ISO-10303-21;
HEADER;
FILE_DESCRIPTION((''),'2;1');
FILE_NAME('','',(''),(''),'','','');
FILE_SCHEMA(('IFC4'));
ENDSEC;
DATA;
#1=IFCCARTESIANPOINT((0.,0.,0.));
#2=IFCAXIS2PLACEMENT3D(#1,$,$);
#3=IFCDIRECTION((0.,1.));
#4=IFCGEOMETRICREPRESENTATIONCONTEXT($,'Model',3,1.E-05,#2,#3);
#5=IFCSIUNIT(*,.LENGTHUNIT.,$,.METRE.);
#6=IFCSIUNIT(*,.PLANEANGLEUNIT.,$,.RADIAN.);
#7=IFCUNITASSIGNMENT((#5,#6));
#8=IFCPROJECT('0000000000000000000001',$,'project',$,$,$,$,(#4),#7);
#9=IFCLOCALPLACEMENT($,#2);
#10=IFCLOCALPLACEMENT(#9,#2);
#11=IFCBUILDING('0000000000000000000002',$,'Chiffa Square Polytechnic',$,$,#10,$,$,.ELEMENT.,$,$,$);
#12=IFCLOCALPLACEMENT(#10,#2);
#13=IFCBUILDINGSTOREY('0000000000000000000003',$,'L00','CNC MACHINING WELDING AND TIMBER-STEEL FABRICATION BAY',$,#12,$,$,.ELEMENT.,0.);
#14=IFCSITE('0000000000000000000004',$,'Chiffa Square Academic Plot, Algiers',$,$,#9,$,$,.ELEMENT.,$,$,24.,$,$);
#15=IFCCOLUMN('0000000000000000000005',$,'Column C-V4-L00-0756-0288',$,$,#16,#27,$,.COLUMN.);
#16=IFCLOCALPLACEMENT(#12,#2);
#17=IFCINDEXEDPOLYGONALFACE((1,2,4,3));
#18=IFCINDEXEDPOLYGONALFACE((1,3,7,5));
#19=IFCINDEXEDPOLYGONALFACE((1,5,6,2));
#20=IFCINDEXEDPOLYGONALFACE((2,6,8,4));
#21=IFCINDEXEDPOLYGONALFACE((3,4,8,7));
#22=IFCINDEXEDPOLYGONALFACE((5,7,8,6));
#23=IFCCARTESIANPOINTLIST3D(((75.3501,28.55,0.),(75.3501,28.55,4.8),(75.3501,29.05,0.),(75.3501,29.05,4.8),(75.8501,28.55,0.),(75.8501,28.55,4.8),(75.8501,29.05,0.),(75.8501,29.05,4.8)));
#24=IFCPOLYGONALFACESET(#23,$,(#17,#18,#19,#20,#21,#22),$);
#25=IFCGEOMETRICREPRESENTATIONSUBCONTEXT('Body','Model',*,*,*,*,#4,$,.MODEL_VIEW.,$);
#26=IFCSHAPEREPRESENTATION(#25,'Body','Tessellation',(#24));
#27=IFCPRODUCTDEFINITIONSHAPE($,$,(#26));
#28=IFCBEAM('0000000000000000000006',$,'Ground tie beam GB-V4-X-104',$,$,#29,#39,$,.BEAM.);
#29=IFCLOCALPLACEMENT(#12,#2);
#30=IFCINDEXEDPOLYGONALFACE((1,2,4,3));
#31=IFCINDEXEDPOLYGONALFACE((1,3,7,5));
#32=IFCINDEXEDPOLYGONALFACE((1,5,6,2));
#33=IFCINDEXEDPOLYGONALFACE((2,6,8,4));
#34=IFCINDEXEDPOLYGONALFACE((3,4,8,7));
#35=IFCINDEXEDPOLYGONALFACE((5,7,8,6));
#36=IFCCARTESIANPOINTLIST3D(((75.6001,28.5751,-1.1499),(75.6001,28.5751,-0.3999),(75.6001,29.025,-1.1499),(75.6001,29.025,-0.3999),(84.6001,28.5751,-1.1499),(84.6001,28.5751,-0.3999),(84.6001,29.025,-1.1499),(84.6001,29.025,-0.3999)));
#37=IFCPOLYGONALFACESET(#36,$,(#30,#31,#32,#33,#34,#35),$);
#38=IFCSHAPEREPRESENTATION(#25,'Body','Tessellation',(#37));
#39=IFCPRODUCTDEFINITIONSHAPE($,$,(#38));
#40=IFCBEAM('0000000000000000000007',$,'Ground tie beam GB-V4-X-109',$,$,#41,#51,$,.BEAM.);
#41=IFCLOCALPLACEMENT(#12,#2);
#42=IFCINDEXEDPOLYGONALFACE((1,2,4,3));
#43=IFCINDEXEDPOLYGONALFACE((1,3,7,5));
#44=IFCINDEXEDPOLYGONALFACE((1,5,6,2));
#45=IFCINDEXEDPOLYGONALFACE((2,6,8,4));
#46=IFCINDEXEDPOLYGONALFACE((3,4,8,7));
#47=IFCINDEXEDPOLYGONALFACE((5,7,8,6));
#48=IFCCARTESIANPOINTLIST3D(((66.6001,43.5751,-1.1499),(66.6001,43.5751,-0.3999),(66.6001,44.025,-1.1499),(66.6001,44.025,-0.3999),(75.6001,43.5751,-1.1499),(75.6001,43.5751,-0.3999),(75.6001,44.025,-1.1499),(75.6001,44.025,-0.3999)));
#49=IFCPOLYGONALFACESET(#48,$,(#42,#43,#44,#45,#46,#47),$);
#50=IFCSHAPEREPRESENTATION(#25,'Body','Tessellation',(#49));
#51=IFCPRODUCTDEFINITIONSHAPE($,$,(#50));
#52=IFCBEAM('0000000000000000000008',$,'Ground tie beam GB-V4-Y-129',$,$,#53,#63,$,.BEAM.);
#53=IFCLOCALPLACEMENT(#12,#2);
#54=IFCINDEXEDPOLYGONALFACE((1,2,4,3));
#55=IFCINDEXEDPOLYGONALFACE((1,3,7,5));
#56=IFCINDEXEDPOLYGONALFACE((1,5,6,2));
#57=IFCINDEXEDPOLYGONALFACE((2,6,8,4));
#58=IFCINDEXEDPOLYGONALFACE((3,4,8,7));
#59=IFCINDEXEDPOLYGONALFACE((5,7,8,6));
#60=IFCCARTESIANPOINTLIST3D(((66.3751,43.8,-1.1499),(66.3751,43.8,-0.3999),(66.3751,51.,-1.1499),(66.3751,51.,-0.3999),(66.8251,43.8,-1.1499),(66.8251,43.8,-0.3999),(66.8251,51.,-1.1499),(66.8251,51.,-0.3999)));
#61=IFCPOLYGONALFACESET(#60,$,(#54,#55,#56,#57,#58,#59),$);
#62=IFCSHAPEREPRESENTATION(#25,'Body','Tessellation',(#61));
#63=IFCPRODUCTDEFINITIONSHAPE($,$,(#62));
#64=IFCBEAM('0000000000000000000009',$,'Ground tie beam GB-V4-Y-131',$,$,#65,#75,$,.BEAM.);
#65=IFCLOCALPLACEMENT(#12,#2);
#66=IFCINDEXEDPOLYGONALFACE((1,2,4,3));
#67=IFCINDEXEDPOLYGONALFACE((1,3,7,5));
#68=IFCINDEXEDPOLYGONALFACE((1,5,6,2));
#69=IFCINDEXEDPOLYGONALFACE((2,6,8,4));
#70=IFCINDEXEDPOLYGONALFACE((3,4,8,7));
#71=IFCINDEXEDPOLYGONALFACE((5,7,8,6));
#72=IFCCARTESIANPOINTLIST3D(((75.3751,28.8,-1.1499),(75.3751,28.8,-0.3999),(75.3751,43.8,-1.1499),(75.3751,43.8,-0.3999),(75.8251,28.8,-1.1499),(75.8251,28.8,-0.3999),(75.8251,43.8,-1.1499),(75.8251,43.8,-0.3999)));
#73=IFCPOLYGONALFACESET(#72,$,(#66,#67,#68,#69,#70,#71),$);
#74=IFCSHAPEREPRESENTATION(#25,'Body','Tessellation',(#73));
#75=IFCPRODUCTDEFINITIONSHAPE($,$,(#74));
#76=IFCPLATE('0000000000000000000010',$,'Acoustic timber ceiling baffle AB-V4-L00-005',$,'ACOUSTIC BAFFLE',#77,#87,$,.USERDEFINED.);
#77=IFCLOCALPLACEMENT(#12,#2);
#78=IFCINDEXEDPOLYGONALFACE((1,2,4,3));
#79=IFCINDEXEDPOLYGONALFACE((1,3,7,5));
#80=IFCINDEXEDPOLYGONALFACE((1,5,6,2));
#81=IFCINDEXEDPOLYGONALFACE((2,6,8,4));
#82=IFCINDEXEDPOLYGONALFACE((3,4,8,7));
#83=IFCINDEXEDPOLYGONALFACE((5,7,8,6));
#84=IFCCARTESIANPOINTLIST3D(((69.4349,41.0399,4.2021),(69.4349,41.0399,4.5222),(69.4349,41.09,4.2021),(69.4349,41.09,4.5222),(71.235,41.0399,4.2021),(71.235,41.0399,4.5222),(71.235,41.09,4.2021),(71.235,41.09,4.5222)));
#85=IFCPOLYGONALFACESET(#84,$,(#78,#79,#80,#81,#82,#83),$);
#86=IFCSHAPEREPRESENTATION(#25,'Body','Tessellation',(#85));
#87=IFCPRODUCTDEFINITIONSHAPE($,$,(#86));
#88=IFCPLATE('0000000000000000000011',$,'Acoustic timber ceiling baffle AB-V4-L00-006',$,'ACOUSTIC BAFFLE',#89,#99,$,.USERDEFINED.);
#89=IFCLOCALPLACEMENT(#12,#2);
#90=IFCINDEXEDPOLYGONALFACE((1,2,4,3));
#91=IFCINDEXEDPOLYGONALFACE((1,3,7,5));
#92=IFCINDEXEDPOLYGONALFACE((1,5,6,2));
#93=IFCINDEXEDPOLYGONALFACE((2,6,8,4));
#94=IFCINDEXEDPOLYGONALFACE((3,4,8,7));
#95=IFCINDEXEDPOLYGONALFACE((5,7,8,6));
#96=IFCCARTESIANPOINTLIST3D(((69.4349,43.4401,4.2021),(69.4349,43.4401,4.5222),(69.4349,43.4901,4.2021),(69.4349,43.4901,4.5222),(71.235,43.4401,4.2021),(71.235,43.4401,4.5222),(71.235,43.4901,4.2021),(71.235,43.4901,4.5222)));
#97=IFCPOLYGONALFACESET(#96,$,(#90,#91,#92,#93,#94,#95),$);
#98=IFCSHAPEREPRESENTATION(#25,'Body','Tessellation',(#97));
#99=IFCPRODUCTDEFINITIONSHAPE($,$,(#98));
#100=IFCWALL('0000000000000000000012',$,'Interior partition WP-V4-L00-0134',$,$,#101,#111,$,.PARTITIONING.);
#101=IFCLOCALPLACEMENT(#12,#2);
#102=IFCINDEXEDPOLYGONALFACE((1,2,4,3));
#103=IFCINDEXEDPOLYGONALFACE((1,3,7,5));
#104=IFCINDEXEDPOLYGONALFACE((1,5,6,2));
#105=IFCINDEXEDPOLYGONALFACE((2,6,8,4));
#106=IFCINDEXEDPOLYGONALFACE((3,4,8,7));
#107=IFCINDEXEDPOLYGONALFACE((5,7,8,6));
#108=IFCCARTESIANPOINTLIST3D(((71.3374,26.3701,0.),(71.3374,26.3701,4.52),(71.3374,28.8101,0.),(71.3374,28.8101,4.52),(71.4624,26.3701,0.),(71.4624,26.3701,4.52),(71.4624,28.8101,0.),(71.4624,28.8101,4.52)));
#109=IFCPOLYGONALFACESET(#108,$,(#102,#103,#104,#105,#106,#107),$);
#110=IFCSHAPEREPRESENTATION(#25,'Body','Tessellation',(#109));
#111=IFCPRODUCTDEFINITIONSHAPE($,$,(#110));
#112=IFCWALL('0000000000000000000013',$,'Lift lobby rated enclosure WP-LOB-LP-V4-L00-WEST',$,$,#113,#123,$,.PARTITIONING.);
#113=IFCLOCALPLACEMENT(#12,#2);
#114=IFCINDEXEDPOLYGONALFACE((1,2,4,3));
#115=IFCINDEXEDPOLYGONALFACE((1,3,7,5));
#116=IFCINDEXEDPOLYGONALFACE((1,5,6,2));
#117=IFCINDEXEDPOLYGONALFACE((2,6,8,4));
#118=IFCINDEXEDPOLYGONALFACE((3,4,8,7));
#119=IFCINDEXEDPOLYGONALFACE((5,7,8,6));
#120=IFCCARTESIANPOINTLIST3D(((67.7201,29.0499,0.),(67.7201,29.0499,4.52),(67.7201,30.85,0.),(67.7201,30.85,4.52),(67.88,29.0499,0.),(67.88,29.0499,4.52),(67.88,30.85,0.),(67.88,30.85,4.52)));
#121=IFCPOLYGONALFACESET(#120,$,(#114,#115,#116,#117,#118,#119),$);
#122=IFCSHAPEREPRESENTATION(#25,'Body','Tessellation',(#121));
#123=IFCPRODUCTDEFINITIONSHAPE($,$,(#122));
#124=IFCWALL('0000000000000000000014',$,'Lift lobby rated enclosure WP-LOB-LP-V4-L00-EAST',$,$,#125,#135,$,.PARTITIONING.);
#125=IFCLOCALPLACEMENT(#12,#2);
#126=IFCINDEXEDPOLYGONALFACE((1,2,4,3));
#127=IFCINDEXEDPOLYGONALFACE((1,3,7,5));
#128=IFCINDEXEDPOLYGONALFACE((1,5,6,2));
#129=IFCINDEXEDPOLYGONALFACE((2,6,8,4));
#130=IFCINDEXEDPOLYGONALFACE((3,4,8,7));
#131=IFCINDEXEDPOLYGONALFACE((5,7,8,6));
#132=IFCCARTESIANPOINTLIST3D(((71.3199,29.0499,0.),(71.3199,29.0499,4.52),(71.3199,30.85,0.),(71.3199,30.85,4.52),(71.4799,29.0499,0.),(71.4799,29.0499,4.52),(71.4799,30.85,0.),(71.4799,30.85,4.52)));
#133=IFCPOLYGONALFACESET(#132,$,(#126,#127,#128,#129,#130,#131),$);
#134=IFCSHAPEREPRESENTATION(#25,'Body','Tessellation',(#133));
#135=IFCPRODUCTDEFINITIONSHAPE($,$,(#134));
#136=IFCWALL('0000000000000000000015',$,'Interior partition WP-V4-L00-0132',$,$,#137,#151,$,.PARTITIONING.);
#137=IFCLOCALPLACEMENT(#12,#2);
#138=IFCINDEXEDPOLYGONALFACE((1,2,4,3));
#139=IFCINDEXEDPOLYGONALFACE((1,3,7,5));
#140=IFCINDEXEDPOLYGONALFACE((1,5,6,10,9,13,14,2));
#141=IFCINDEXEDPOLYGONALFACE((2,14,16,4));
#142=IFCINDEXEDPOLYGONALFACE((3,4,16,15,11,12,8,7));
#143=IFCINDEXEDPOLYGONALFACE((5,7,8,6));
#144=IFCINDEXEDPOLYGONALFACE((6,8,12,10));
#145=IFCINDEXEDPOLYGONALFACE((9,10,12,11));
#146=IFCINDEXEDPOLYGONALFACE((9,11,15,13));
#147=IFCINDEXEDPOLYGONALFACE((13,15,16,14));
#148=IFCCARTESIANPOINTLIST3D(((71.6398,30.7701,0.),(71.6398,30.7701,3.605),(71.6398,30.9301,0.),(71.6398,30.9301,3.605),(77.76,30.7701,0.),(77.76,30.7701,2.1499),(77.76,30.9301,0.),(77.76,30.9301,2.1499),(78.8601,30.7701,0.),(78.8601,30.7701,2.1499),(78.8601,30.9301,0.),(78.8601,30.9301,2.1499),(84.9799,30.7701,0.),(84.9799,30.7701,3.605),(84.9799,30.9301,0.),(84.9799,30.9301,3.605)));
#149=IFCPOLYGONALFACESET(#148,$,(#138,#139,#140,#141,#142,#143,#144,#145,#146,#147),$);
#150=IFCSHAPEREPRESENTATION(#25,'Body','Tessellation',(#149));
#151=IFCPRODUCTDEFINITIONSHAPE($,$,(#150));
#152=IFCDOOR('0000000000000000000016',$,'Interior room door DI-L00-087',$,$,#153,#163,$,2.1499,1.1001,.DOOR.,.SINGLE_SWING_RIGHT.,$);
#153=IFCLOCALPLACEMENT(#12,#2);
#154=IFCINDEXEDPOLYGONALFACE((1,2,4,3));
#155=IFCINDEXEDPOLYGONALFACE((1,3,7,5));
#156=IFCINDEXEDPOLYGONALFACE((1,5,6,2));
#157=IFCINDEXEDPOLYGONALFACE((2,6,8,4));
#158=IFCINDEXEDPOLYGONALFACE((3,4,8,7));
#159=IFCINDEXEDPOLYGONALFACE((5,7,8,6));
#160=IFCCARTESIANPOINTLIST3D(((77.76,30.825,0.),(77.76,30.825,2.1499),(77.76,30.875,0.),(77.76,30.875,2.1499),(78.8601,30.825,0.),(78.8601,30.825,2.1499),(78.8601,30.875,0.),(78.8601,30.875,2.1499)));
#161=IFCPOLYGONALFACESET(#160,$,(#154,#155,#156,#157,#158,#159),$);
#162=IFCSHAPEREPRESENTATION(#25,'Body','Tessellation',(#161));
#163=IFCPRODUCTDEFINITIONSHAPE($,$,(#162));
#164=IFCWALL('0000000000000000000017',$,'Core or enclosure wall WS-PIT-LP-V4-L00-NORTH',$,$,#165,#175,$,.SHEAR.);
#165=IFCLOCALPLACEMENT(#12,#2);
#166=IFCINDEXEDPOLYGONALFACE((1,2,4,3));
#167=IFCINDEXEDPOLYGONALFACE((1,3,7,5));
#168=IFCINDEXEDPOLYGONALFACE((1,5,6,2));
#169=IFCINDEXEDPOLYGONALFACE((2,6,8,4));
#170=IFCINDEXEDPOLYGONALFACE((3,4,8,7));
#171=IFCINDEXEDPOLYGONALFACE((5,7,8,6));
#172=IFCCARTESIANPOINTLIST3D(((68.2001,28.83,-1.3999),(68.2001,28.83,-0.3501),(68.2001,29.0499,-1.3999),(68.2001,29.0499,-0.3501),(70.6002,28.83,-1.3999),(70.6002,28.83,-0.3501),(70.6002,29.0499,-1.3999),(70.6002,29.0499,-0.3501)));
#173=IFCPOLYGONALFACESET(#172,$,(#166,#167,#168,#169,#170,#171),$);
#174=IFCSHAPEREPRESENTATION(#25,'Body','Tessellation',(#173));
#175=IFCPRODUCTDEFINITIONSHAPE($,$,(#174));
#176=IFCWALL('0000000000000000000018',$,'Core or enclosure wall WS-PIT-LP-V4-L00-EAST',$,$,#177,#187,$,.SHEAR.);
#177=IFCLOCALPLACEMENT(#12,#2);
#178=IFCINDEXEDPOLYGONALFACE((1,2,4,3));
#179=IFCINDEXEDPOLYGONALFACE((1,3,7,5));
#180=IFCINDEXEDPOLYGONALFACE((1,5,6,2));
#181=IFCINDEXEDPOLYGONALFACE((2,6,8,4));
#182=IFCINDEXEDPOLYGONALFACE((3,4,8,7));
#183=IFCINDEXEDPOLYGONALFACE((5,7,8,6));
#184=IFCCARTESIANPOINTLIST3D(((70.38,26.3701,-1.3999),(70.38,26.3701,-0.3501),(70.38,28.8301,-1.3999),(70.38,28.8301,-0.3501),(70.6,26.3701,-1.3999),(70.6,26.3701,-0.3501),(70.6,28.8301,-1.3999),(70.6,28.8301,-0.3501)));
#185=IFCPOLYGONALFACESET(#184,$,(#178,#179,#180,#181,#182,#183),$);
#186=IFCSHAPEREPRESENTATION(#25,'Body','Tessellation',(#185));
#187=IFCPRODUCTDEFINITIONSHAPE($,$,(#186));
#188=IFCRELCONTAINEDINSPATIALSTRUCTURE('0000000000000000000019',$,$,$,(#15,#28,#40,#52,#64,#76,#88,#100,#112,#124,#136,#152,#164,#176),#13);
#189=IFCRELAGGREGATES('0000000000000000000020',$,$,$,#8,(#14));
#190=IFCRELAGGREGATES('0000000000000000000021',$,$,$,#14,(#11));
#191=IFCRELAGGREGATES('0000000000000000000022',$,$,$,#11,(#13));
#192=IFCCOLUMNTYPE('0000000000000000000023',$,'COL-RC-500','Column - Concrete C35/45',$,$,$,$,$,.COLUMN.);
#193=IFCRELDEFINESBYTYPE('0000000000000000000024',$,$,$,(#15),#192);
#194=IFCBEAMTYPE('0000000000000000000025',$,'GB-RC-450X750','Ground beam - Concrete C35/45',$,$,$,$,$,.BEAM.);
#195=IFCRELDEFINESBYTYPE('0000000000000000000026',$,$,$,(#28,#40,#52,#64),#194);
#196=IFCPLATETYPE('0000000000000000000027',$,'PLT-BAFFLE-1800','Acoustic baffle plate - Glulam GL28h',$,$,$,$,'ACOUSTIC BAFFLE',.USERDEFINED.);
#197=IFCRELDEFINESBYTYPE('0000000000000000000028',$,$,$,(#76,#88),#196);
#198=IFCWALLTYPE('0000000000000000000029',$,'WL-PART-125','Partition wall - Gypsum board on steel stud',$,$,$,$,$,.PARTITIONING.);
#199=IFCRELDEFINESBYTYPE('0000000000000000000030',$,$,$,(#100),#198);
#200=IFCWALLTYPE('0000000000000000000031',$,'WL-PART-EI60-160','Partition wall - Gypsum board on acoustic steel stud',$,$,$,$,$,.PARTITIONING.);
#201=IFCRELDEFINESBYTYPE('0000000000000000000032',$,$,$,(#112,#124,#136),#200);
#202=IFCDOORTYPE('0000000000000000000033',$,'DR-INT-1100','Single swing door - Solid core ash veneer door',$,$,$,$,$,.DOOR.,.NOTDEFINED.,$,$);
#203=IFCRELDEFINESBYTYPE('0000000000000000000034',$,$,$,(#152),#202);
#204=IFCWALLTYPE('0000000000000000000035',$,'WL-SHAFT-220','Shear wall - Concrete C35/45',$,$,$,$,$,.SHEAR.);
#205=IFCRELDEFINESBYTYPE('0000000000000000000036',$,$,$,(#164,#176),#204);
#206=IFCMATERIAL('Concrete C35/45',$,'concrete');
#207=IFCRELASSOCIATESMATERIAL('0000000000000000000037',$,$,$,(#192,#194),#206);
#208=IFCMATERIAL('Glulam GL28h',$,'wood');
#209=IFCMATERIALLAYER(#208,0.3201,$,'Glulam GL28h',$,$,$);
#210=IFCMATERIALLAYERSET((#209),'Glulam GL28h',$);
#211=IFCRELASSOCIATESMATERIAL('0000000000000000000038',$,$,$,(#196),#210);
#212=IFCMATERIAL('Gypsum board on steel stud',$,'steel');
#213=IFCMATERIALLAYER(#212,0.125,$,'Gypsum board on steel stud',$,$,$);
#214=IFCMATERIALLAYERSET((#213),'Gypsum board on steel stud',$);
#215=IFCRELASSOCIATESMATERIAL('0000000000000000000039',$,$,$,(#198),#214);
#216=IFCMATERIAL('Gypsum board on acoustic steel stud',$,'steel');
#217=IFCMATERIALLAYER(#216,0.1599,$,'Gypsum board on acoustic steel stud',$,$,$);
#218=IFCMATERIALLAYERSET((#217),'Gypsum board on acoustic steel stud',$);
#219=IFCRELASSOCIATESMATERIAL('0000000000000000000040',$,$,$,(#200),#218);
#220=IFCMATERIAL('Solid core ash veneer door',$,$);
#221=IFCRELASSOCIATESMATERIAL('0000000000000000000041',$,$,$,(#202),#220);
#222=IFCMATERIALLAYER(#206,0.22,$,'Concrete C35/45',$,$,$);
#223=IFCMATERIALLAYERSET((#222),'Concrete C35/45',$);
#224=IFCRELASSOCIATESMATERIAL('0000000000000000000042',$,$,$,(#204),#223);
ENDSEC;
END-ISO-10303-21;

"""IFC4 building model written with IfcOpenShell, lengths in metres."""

from ifc_helpers import new_model, si_unit, direction, frame, frame_2d, origin, origin_2d, place, context, subcontext, project, spatial, rectangle, extrude, material, layer, layer_set, material_profile, profile_set, type_object, element, fill, save


model = new_model("IFC4")

# Units and contexts
model_context = context("Model", 3, precision=1e-05, world=origin(), true_north=direction((0.0, 1.0)))
body_context = subcontext(model_context, "Body", "Model", "MODEL_VIEW")
ifc_project = project(units=[si_unit("LENGTHUNIT", "METRE"), si_unit("PLANEANGLEUNIT", "RADIAN")], contexts=[model_context])

# Site, building, storey
site_placement = place(None, origin())
site = spatial("IfcSite", under=ifc_project, at=site_placement, Name="Chiffa Square Academic Plot, Algiers", CompositionType="ELEMENT", RefElevation=24.0)
building_placement = place(site_placement, origin())
building = spatial("IfcBuilding", under=site, at=building_placement, Name="Chiffa Square Polytechnic", CompositionType="ELEMENT")
storey_placement = place(building_placement, origin())
storey = spatial("IfcBuildingStorey", under=building, at=storey_placement, Name="L00", Description="CNC MACHINING WELDING AND TIMBER-STEEL FABRICATION BAY", CompositionType="ELEMENT", Elevation=0.0)

# Column
ifc_material_1 = material(Name="Concrete C35/45", Category="concrete")
ifc_material_profile_1 = material_profile(ifc_material_1, rectangle(XDim=0.5, YDim=0.5, at=origin_2d()), Name="RC 500x500")
ifc_profile_set_1 = profile_set([ifc_material_profile_1], Name="Concrete C35/45")
column_type = type_object("IfcColumnType", Name="COL-RC-500", Description="Column - Concrete C35/45", PredefinedType="COLUMN", material=ifc_profile_set_1)
column_placement = place(storey_placement, frame((75.6001, 28.8, 0.0), z_axis=(0.0, 0.0, 1.0), x_axis=(1.0, 0.0, 0.0)))
element("IfcColumn", 1, at=column_placement, inside=storey, type_object=column_type, Name="Column C-V4-L00-0756-0288", PredefinedType="COLUMN", context=body_context, shape_type="SweptSolid", body=[
    extrude(rectangle(XDim=0.5, YDim=0.5, at=origin_2d()), origin(), (0.0, 0.0, 1.0), 4.8),
])

# Beams
ifc_material_profile_2 = material_profile(ifc_material_1, rectangle(XDim=0.45, YDim=0.75, at=origin_2d()), Name="RC 450x750")
ifc_profile_set_2 = profile_set([ifc_material_profile_2], Name="Concrete C35/45")
beam_type = type_object("IfcBeamType", Name="GB-RC-450X750", Description="Ground beam - Concrete C35/45", PredefinedType="BEAM", material=ifc_profile_set_2)
for number, where, z_axis, x_axis, name in (
    (2, (75.6001, 28.8, -0.7749), (1.0, 0.0, 0.0), (0.0, 1.0, 0.0), "Ground tie beam GB-V4-X-104"),
    (3, (66.6001, 43.8, -0.7749), (1.0, 0.0, 0.0), (0.0, 1.0, 0.0), "Ground tie beam GB-V4-X-109"),
):
    element("IfcBeam", number, at=place(storey_placement, frame(where, z_axis=z_axis, x_axis=x_axis)), inside=storey, type_object=beam_type, Name=name, PredefinedType="BEAM", context=body_context, shape_type="SweptSolid", body=[
        extrude(rectangle(XDim=0.45, YDim=0.75, at=origin_2d()), origin(), (0.0, 0.0, 1.0), 9.0),
    ])
beam_1_placement = place(storey_placement, frame((66.6001, 43.8, -0.7749), z_axis=(0.0, 1.0, 0.0), x_axis=(-1.0, 0.0, 0.0)))
element("IfcBeam", 4, at=beam_1_placement, inside=storey, type_object=beam_type, Name="Ground tie beam GB-V4-Y-129", PredefinedType="BEAM", context=body_context, shape_type="SweptSolid", body=[
    extrude(rectangle(XDim=0.45, YDim=0.75, at=origin_2d()), origin(), (0.0, 0.0, 1.0), 7.2),
])
beam_2_placement = place(storey_placement, frame((75.6001, 28.8, -0.7749), z_axis=(0.0, 1.0, 0.0), x_axis=(-1.0, 0.0, 0.0)))
element("IfcBeam", 5, at=beam_2_placement, inside=storey, type_object=beam_type, Name="Ground tie beam GB-V4-Y-131", PredefinedType="BEAM", context=body_context, shape_type="SweptSolid", body=[
    extrude(rectangle(XDim=0.45, YDim=0.75, at=origin_2d()), origin(), (0.0, 0.0, 1.0), 15.0),
])

# Plates
ifc_material_2 = material(Name="Glulam GL28h", Category="wood")
ifc_layer_1 = layer(ifc_material_2, 0.3201, Name="Glulam GL28h")
ifc_layer_set_1 = layer_set([ifc_layer_1], Name="Glulam GL28h")
plate_type = type_object("IfcPlateType", Name="PLT-BAFFLE-1800", Description="Acoustic baffle plate - Glulam GL28h", ElementType="ACOUSTIC BAFFLE", PredefinedType="USERDEFINED", material=ifc_layer_set_1)
for number, where, z_axis, x_axis, name in (
    (6, (70.335, 41.0649, 4.2021), (0.0, 0.0, 1.0), (1.0, 0.0, 0.0), "Acoustic timber ceiling baffle AB-V4-L00-005"),
    (7, (70.335, 43.4651, 4.2021), (0.0, 0.0, 1.0), (1.0, 0.0, 0.0), "Acoustic timber ceiling baffle AB-V4-L00-006"),
):
    element("IfcPlate", number, at=place(storey_placement, frame(where, z_axis=z_axis, x_axis=x_axis)), inside=storey, type_object=plate_type, Name=name, ObjectType="ACOUSTIC BAFFLE", PredefinedType="USERDEFINED", context=body_context, shape_type="SweptSolid", body=[
        extrude(rectangle(XDim=1.8, YDim=0.05, at=origin_2d()), origin(), (0.0, 0.0, 1.0), 0.3201),
    ])

# Wall
ifc_material_3 = material(Name="Gypsum board on steel stud", Category="steel")
ifc_layer_2 = layer(ifc_material_3, 0.125, Name="Gypsum board on steel stud")
ifc_layer_set_2 = layer_set([ifc_layer_2], Name="Gypsum board on steel stud")
wall_type_1 = type_object("IfcWallType", Name="WL-PART-125", Description="Partition wall - Gypsum board on steel stud", PredefinedType="PARTITIONING", material=ifc_layer_set_2)
wall_1_placement = place(storey_placement, frame((71.3999, 26.3701, 0.0), z_axis=(0.0, 0.0, 1.0), x_axis=(0.0, 1.0, 0.0)))
element("IfcWall", 8, at=wall_1_placement, inside=storey, type_object=wall_type_1, Name="Interior partition WP-V4-L00-0134", PredefinedType="PARTITIONING", context=body_context, shape_type="SweptSolid", body=[
    extrude(rectangle(XDim=2.4399, YDim=0.125, at=frame_2d((1.22, 0.0))), origin(), (0.0, 0.0, 1.0), 4.52),
])

# Shared definitions
ifc_material_4 = material(Name="Gypsum board on acoustic steel stud", Category="steel")
ifc_layer_3 = layer(ifc_material_4, 0.1599, Name="Gypsum board on acoustic steel stud")
ifc_layer_set_3 = layer_set([ifc_layer_3], Name="Gypsum board on acoustic steel stud")
wall_type_2 = type_object("IfcWallType", Name="WL-PART-EI60-160", Description="Partition wall - Gypsum board on acoustic steel stud", PredefinedType="PARTITIONING", material=ifc_layer_set_3)
ifc_material_5 = material(Name="Solid core ash veneer door")
door_type_1 = type_object("IfcDoorType", Name="DR-INT-1100", Description="Single swing door - Solid core ash veneer door", OperationType="NOTDEFINED", PredefinedType="DOOR", material=ifc_material_5)

# Walls
for number, where, z_axis, x_axis, name in (
    (9, (67.8, 29.05, 0.0), (0.0, 0.0, 1.0), (0.0, 1.0, 0.0), "Lift lobby rated enclosure WP-LOB-LP-V4-L00-WEST"),
    (10, (71.3999, 29.05, 0.0), (0.0, 0.0, 1.0), (0.0, 1.0, 0.0), "Lift lobby rated enclosure WP-LOB-LP-V4-L00-EAST"),
):
    element("IfcWall", number, at=place(storey_placement, frame(where, z_axis=z_axis, x_axis=x_axis)), inside=storey, type_object=wall_type_2, Name=name, PredefinedType="PARTITIONING", context=body_context, shape_type="SweptSolid", body=[
        extrude(rectangle(XDim=1.8, YDim=0.1599, at=frame_2d((0.8999, 0.0))), origin(), (0.0, 0.0, 1.0), 4.52),
    ])

# Wall, opening, door
wall_2_placement = place(storey_placement, frame((71.6399, 30.8501, 0.0), z_axis=(0.0, 0.0, 1.0), x_axis=(1.0, 0.0, 0.0)))
wall_2 = element("IfcWall", 11, at=wall_2_placement, inside=storey, type_object=wall_type_2, Name="Interior partition WP-V4-L00-0132", PredefinedType="PARTITIONING", context=body_context, shape_type="SweptSolid", body=[
    extrude(rectangle(XDim=13.3401, YDim=0.1599, at=frame_2d((6.6699, 0.0))), origin(), (0.0, 0.0, 1.0), 3.605),
])
opening_1_placement = place(wall_2_placement, frame((6.1201, 0.0, 0.0)))
opening_1 = element("IfcOpeningElement", 12, at=opening_1_placement, cuts=wall_2, PredefinedType="OPENING", context=body_context, shape_type="SweptSolid", body=[
    extrude(rectangle(XDim=1.1001, YDim=2.1499, at=frame_2d((0.55, 1.075))), frame((0.0, 0.0898, 0.0), z_axis=(0.0, -1.0, 0.0), x_axis=(1.0, 0.0, 0.0)), (0.0, 0.0, 1.0), 0.1799),
])
door_1_placement = place(opening_1_placement, origin())
door_1 = element("IfcDoor", 13, at=door_1_placement, inside=storey, type_object=door_type_1, Name="Interior room door DI-L00-087", OperationType="SINGLE_SWING_RIGHT", OverallHeight=2.1499, OverallWidth=1.1001, PredefinedType="DOOR", context=body_context, shape_type="SweptSolid", body=[
    extrude(rectangle(XDim=1.1001, YDim=2.1499, at=frame_2d((0.55, 1.075))), frame((0.0, 0.0249, 0.0), z_axis=(0.0, -1.0, 0.0), x_axis=(1.0, 0.0, 0.0)), (0.0, 0.0, 1.0), 0.05),
])
fill(opening_1, door_1)

# Walls
ifc_layer_4 = layer(ifc_material_1, 0.22, Name="Concrete C35/45")
ifc_layer_set_4 = layer_set([ifc_layer_4], Name="Concrete C35/45")
wall_type_3 = type_object("IfcWallType", Name="WL-SHAFT-220", Description="Shear wall - Concrete C35/45", PredefinedType="SHEAR", material=ifc_layer_set_4)
wall_3_placement = place(storey_placement, frame((68.2, 28.9399, -1.3999), z_axis=(0.0, 0.0, 1.0), x_axis=(1.0, 0.0, 0.0)))
element("IfcWall", 14, at=wall_3_placement, inside=storey, type_object=wall_type_3, Name="Core or enclosure wall WS-PIT-LP-V4-L00-NORTH", PredefinedType="SHEAR", context=body_context, shape_type="SweptSolid", body=[
    extrude(rectangle(XDim=2.4001, YDim=0.22, at=frame_2d((1.2002, 0.0))), origin(), (0.0, 0.0, 1.0), 1.0498),
])
wall_4_placement = place(storey_placement, frame((70.49, 26.3701, -1.3999), z_axis=(0.0, 0.0, 1.0), x_axis=(0.0, 1.0, 0.0)))
element("IfcWall", 15, at=wall_4_placement, inside=storey, type_object=wall_type_3, Name="Core or enclosure wall WS-PIT-LP-V4-L00-EAST", PredefinedType="SHEAR", context=body_context, shape_type="SweptSolid", body=[
    extrude(rectangle(XDim=2.46, YDim=0.22, at=frame_2d((1.23, 0.0))), origin(), (0.0, 0.0, 1.0), 1.0498),
])

save(model, "model.ifc")
